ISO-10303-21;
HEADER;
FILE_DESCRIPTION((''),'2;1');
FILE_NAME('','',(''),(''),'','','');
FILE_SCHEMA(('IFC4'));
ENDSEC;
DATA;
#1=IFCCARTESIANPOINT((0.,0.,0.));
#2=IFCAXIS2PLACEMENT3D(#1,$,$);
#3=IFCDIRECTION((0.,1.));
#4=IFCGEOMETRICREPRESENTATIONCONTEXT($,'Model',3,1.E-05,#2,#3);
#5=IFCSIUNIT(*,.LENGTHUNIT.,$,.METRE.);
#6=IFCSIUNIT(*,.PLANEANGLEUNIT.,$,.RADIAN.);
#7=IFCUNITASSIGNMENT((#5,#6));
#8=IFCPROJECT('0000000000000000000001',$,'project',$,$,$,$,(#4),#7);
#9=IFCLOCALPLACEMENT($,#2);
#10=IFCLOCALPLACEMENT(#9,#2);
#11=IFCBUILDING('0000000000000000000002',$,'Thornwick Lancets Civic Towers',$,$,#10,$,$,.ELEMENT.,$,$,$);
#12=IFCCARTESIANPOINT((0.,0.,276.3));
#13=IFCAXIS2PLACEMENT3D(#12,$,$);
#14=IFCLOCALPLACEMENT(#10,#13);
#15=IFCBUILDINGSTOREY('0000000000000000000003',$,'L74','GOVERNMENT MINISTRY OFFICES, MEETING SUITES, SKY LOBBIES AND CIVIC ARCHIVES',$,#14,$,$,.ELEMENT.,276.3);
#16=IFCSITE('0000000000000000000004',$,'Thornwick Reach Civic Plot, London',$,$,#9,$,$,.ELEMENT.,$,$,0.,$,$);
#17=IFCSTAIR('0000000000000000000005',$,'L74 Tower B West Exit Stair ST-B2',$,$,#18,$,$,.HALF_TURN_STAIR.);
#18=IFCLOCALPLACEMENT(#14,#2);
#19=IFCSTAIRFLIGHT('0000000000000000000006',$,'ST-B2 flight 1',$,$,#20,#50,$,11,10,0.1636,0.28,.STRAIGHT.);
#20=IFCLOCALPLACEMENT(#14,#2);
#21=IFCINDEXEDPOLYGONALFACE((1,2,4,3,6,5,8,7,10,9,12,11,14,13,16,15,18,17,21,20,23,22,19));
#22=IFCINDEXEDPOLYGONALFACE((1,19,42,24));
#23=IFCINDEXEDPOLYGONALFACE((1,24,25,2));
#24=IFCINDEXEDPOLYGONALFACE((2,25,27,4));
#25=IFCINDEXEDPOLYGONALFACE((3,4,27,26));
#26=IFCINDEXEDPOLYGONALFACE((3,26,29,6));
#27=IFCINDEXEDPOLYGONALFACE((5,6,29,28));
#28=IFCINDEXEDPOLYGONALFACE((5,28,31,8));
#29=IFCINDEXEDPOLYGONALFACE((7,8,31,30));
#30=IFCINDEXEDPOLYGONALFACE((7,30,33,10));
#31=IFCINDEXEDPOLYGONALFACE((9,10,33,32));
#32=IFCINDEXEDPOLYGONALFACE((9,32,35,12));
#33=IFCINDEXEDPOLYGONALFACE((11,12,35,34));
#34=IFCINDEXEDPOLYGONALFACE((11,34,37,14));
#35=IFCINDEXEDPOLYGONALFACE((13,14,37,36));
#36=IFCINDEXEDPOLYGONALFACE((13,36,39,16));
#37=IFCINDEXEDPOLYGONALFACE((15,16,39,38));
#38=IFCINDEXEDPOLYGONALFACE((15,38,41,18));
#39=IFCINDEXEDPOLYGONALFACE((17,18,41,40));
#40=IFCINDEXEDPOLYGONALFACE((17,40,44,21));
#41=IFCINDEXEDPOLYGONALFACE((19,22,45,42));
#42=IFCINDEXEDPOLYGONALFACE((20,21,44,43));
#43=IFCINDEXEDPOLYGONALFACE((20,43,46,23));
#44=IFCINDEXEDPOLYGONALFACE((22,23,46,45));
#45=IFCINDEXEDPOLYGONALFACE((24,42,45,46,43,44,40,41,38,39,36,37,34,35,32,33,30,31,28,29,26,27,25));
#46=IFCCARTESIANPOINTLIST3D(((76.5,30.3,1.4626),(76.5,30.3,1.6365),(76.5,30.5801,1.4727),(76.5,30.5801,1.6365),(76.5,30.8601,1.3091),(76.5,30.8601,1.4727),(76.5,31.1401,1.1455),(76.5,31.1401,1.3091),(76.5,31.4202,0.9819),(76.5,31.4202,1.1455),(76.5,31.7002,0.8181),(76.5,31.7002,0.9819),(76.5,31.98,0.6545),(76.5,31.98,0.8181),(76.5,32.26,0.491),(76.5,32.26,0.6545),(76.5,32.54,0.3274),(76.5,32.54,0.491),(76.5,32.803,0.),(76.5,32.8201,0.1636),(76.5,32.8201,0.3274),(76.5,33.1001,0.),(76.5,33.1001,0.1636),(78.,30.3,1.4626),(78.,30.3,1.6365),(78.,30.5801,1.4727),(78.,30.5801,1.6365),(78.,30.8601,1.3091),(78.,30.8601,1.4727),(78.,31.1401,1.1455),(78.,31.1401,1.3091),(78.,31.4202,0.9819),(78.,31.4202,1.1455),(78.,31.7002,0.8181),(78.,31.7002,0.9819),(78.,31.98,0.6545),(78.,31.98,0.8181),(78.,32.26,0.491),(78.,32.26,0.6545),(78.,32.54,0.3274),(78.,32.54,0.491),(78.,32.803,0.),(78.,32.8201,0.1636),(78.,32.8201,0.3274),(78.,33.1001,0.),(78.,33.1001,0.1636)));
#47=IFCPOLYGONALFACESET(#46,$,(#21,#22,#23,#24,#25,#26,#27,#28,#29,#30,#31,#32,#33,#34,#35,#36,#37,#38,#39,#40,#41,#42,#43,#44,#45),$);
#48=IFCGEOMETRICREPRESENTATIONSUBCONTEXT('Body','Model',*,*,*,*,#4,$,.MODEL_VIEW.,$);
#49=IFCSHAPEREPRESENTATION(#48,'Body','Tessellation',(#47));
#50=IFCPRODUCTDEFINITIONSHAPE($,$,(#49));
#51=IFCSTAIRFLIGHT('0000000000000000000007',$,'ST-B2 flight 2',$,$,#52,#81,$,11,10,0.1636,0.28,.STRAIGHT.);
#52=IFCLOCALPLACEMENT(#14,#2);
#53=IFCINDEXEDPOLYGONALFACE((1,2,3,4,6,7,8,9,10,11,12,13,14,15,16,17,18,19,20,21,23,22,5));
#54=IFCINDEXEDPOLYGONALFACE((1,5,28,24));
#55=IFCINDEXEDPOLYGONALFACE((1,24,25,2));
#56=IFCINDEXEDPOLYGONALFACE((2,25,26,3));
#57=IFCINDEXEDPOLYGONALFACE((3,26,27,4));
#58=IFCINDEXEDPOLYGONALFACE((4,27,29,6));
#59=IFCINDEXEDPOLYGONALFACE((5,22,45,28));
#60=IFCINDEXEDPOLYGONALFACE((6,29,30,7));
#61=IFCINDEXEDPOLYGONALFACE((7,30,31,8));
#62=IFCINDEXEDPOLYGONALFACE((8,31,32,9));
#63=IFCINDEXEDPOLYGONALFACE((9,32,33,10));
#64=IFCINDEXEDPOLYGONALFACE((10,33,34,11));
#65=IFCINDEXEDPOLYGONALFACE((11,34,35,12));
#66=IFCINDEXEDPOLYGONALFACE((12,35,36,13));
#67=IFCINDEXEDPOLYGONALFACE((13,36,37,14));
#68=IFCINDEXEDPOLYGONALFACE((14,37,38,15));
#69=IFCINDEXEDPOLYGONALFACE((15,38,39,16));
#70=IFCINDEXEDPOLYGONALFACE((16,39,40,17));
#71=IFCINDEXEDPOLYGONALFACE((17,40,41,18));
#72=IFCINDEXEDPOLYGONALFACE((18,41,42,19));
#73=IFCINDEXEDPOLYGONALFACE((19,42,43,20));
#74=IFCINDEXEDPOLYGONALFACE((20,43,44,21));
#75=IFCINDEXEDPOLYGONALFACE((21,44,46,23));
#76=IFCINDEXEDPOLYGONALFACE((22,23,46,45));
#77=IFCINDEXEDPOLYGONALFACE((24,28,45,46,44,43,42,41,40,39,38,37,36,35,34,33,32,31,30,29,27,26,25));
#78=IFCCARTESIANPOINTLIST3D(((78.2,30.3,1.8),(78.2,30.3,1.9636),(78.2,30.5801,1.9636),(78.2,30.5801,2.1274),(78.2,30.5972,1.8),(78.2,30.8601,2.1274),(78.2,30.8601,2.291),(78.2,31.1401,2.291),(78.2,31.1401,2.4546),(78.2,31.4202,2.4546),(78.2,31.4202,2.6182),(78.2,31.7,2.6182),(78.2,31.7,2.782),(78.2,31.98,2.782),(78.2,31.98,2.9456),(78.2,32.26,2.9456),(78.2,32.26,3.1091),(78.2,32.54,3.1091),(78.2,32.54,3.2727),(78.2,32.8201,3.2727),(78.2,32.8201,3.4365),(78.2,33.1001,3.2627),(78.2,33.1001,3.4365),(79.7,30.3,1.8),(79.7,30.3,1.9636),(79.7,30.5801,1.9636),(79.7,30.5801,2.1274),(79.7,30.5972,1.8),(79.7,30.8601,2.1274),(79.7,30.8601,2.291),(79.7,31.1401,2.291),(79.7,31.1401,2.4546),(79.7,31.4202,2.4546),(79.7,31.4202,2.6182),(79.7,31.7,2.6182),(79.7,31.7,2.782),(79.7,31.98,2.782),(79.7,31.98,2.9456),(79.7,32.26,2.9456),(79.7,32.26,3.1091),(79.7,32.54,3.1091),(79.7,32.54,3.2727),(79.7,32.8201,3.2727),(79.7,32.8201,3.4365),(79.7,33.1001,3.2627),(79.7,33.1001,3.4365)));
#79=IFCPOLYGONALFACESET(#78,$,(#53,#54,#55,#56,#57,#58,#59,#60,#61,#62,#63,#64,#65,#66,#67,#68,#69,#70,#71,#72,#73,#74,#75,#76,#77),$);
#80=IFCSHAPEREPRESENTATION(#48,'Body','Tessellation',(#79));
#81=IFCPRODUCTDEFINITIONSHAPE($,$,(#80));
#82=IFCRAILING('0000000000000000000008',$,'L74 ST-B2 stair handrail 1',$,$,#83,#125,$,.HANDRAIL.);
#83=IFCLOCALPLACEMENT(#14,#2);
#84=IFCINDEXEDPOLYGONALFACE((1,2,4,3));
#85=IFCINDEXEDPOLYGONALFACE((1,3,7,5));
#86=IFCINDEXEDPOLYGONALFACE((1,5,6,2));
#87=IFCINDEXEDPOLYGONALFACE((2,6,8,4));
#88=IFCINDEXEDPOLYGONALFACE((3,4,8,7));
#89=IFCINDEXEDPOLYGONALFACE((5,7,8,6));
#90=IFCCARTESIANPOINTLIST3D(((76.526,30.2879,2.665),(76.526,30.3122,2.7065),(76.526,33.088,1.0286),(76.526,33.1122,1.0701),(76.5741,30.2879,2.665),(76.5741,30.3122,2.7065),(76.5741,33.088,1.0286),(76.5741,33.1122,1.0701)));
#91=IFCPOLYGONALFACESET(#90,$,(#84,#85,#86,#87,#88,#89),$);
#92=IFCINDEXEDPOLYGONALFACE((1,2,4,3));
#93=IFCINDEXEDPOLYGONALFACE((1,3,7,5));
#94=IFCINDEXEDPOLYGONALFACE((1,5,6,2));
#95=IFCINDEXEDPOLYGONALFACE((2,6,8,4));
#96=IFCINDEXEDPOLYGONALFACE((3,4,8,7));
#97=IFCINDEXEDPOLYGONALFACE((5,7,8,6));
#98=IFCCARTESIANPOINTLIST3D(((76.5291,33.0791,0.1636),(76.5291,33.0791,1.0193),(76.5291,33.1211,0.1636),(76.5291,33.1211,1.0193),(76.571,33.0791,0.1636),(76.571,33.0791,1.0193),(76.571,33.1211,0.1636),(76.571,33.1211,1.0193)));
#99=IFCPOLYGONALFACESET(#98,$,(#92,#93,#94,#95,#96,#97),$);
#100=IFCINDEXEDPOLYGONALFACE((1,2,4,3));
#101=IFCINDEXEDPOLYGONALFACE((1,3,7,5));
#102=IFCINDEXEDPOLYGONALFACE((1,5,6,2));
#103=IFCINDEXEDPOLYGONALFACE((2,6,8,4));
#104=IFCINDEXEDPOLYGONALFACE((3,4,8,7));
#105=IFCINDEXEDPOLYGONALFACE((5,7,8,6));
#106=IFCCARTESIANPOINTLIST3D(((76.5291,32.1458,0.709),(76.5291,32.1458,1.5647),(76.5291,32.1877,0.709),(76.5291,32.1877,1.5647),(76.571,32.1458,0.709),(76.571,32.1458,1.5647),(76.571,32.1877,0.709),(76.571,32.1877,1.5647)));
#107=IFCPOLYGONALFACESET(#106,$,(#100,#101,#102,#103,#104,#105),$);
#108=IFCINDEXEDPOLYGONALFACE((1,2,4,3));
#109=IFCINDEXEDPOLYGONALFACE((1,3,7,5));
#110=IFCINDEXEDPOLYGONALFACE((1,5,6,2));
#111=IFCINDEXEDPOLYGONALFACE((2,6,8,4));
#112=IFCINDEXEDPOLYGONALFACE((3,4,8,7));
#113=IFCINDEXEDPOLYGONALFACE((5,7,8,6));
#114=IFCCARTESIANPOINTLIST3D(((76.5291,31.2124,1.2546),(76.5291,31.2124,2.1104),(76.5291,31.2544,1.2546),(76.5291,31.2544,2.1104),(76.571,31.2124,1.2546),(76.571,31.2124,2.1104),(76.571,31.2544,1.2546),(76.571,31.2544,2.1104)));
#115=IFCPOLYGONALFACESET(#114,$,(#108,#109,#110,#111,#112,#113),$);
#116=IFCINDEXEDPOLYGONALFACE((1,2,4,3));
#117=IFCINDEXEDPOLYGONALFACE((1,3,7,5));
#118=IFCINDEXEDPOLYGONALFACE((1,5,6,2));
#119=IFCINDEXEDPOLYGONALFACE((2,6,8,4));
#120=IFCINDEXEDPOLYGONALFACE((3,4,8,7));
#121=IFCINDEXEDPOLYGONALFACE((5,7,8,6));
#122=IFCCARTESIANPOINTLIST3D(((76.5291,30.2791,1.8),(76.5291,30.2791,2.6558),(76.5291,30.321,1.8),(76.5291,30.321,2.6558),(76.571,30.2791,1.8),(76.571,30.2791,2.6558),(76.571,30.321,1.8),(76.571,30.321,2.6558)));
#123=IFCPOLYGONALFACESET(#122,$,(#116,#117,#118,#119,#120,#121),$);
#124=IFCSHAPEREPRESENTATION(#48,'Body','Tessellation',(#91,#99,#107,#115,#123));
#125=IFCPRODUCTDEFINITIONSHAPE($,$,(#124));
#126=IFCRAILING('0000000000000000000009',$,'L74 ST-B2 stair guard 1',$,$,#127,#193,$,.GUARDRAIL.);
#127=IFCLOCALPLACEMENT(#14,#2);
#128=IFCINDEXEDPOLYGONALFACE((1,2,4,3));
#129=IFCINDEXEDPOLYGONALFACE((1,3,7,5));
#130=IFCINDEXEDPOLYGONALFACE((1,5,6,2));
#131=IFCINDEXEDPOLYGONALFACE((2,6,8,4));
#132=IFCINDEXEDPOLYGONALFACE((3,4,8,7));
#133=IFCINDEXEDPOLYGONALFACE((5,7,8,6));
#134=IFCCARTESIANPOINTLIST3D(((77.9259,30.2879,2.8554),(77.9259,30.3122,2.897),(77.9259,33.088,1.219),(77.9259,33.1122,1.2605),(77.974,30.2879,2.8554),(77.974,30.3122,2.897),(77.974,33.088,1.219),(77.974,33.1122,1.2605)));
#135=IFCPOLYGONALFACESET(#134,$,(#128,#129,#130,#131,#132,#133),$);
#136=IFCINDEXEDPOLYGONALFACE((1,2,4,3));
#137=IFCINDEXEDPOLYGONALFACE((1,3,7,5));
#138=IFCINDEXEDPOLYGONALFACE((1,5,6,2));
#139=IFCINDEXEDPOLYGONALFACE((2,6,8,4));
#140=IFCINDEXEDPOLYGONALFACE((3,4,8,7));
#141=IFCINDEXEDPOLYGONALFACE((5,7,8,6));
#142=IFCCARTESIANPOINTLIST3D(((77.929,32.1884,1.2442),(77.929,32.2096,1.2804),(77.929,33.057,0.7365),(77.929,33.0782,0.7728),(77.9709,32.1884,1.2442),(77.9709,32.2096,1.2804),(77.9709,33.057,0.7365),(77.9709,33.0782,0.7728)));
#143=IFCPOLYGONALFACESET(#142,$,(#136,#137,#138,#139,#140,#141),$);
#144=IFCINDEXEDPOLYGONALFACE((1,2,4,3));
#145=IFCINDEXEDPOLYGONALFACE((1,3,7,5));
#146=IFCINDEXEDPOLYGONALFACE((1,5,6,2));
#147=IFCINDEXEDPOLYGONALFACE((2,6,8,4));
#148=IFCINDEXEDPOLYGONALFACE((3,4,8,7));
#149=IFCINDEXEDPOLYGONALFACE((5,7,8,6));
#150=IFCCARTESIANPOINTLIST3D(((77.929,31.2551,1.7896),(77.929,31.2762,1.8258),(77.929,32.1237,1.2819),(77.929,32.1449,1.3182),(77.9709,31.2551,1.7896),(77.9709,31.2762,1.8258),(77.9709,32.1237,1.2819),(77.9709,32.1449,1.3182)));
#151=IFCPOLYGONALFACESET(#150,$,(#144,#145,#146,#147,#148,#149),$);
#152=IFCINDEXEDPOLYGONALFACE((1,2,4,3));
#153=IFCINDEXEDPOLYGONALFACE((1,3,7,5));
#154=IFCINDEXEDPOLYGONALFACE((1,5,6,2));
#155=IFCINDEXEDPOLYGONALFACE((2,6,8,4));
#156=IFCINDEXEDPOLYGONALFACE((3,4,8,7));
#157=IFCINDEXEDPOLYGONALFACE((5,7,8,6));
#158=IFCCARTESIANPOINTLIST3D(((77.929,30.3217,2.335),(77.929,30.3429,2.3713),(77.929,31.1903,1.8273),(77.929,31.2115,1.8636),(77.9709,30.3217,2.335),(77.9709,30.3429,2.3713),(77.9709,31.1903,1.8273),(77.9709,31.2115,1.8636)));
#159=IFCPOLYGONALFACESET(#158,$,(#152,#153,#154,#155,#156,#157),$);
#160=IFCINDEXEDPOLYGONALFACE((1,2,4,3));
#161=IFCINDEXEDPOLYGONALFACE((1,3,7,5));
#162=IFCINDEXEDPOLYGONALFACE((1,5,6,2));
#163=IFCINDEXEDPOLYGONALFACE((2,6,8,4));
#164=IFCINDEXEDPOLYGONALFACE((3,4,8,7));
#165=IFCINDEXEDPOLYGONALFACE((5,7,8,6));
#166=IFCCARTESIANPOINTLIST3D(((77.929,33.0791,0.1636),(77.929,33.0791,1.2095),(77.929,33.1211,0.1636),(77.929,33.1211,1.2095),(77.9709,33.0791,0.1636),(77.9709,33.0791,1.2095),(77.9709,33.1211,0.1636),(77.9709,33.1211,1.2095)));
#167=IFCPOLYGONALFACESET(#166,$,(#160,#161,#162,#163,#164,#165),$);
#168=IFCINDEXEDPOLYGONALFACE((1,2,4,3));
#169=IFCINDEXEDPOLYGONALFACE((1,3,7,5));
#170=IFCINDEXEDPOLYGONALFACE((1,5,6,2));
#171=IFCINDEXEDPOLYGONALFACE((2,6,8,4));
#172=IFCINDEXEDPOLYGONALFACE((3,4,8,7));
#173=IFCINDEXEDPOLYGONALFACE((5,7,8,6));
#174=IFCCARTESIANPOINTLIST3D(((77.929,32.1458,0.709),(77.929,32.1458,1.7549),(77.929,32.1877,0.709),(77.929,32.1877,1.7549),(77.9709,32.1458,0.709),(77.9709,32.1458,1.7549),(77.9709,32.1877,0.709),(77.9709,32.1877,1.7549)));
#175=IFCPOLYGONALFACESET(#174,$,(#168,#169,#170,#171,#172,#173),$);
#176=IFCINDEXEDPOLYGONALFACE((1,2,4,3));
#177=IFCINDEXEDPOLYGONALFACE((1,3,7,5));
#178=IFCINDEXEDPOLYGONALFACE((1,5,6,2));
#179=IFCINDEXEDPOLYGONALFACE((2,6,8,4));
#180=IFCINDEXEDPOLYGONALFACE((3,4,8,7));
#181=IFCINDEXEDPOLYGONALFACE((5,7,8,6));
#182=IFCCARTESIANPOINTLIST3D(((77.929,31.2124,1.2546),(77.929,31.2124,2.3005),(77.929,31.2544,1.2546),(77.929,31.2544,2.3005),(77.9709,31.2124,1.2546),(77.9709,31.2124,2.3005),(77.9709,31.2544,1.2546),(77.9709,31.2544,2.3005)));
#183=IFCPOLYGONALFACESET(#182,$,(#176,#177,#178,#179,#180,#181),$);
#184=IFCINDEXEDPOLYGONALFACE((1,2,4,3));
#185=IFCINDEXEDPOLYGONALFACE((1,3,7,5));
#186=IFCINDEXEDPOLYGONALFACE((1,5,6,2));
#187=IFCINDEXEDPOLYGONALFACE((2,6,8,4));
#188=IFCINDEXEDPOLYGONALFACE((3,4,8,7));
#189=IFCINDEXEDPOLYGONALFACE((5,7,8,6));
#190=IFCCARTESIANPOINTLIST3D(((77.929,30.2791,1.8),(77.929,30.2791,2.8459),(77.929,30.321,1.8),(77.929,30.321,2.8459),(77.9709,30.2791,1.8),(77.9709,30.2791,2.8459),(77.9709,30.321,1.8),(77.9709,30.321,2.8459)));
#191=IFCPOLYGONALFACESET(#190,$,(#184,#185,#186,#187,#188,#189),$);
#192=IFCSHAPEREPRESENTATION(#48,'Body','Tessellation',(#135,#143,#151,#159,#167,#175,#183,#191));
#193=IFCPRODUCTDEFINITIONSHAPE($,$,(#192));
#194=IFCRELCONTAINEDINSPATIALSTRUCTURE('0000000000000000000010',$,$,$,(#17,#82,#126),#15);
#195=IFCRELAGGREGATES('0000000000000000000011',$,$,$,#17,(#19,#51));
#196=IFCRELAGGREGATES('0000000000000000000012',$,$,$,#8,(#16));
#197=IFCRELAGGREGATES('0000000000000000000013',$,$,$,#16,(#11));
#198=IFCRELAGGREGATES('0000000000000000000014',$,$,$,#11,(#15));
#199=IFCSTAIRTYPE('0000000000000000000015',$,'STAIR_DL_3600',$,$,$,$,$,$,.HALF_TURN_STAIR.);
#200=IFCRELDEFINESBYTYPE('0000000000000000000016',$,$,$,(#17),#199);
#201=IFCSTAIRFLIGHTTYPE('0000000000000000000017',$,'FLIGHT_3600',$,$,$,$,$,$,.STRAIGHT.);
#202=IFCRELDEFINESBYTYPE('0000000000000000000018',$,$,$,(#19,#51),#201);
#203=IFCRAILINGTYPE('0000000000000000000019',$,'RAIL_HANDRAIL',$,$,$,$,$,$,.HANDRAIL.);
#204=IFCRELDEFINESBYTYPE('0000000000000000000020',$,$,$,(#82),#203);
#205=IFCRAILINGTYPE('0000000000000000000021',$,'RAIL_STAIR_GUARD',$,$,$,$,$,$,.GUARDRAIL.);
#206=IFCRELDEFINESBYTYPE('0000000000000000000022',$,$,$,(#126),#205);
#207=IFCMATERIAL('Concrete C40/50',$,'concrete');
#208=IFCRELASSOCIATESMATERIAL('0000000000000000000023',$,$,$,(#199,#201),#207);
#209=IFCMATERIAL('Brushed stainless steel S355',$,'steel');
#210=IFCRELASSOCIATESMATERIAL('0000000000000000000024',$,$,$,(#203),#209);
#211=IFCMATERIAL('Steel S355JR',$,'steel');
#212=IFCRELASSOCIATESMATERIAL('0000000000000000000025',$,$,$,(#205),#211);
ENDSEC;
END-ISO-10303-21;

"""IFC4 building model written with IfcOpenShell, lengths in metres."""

from ifc_helpers import new_model, si_unit, direction, frame, origin, origin_2d, place, context, subcontext, project, spatial, polyline, rectangle, outline, extrude, material, type_object, element, aggregate, save


model = new_model("IFC4")

# Units and contexts
model_context = context("Model", 3, precision=1e-05, world=origin(), true_north=direction((0.0, 1.0)))
body_context = subcontext(model_context, "Body", "Model", "MODEL_VIEW")
ifc_project = project(units=[si_unit("LENGTHUNIT", "METRE"), si_unit("PLANEANGLEUNIT", "RADIAN")], contexts=[model_context])

# Site, building, storey
site_placement = place(None, origin())
site = spatial("IfcSite", under=ifc_project, at=site_placement, Name="Thornwick Reach Civic Plot, London", CompositionType="ELEMENT", RefElevation=0.0)
building_placement = place(site_placement, origin())
building = spatial("IfcBuilding", under=site, at=building_placement, Name="Thornwick Lancets Civic Towers", CompositionType="ELEMENT")
storey_placement = place(building_placement, frame((0.0, 0.0, 276.3)))
storey = spatial("IfcBuildingStorey", under=building, at=storey_placement, Name="L74", Description="GOVERNMENT MINISTRY OFFICES, MEETING SUITES, SKY LOBBIES AND CIVIC ARCHIVES", CompositionType="ELEMENT", Elevation=276.3)

# Shared definitions
ifc_material_1 = material(Name="Steel S355JR", Category="steel")

# Shared definitions
ifc_material_2 = material(Name="Concrete C40/50", Category="concrete")

# Stair, stair flights
stair_type = type_object("IfcStairType", Name="STAIR_DL_3600", PredefinedType="HALF_TURN_STAIR", material=ifc_material_2)
stair_placement = place(storey_placement, origin())
stair = element("IfcStair", 1, at=stair_placement, inside=storey, type_object=stair_type, Name="L74 Tower B West Exit Stair ST-B2", PredefinedType="HALF_TURN_STAIR")
stair_flight_type = type_object("IfcStairFlightType", Name="FLIGHT_3600", PredefinedType="STRAIGHT", material=ifc_material_2)
stair_flight_1_placement = place(storey_placement, frame((77.25, 33.1001, 0.0), z_axis=(0.0, 0.0, 1.0), x_axis=(0.0, -1.0, 0.0)))
stair_flight_1 = element("IfcStairFlight", 2, at=stair_flight_1_placement, type_object=stair_flight_type, Name="ST-B2 flight 1", NumberOfRisers=11, NumberOfTreads=10, PredefinedType="STRAIGHT", RiserHeight=0.1636, TreadLength=0.28, context=body_context, shape_type="SweptSolid", body=[
    extrude(outline(polyline([(0.0, 0.0), (0.0, 0.1636), (0.28, 0.1636), (0.28, 0.3274), (0.5601, 0.3274), (0.5601, 0.491), (0.8401, 0.491), (0.8401, 0.6545), (1.1201, 0.6545), (1.1201, 0.8181), (1.3999, 0.8181), (1.3999, 0.9819), (1.6799, 0.9819), (1.6799, 1.1455), (1.96, 1.1455), (1.96, 1.3091), (2.24, 1.3091), (2.24, 1.4727), (2.52, 1.4727), (2.52, 1.6365), (2.8, 1.6365), (2.8, 1.8), (2.8, 1.4626), (0.2971, 0.0), (0.0, 0.0)])), frame((0.0, 0.75, 0.0), z_axis=(0.0, -1.0, 0.0), x_axis=(1.0, 0.0, 0.0)), (0.0, 0.0, 1.0), 1.5),
])
stair_flight_2_placement = place(storey_placement, frame((78.95, 30.3, 1.8), z_axis=(0.0, 0.0, 1.0), x_axis=(0.0, 1.0, 0.0)))
stair_flight_2 = element("IfcStairFlight", 3, at=stair_flight_2_placement, type_object=stair_flight_type, Name="ST-B2 flight 2", NumberOfRisers=11, NumberOfTreads=10, PredefinedType="STRAIGHT", RiserHeight=0.1636, TreadLength=0.28, context=body_context, shape_type="SweptSolid", body=[
    extrude(outline(polyline([(0.0, 0.0), (0.0, 0.1636), (0.28, 0.1636), (0.28, 0.3274), (0.5601, 0.3274), (0.5601, 0.491), (0.8401, 0.491), (0.8401, 0.6545), (1.1201, 0.6545), (1.1201, 0.8181), (1.3999, 0.8181), (1.3999, 0.9819), (1.6799, 0.9819), (1.6799, 1.1455), (1.96, 1.1455), (1.96, 1.3091), (2.24, 1.3091), (2.24, 1.4727), (2.52, 1.4727), (2.52, 1.6365), (2.8, 1.6365), (2.8, 1.8), (2.8, 1.4626), (0.2971, 0.0), (0.0, 0.0)])), frame((0.0, 0.75, 0.0), z_axis=(0.0, -1.0, 0.0), x_axis=(1.0, 0.0, 0.0)), (0.0, 0.0, 1.0), 1.5),
])
aggregate(stair, [stair_flight_1, stair_flight_2])

# Railings
ifc_material_3 = material(Name="Brushed stainless steel S355", Category="steel")
railing_type_1 = type_object("IfcRailingType", Name="RAIL_HANDRAIL", PredefinedType="HANDRAIL", material=ifc_material_3)
railing_1_placement = place(storey_placement, frame((76.55, 33.1001, 0.1636)))
element("IfcRailing", 4, at=railing_1_placement, inside=storey, type_object=railing_type_1, Name="L74 ST-B2 stair handrail 1", PredefinedType="HANDRAIL", context=body_context, shape_type="SweptSolid", body=[
    extrude(rectangle(XDim=0.0481, YDim=0.0481, at=origin_2d()), frame((0.0, 0.0, 0.8857), z_axis=(0.0, -0.863361, 0.504587), x_axis=(1.0, 0.0, 0.0)), (0.0, 0.0, 1.0), 3.2432),
    extrude(rectangle(XDim=0.042, YDim=0.042, at=origin_2d()), origin(), (0.0, 0.0, 1.0), 0.8557),
    extrude(rectangle(XDim=0.042, YDim=0.042, at=origin_2d()), frame((0.0, -0.9333, 0.5454)), (0.0, 0.0, 1.0), 0.8557),
    extrude(rectangle(XDim=0.042, YDim=0.042, at=origin_2d()), frame((0.0, -1.8667, 1.0911)), (0.0, 0.0, 1.0), 0.8557),
    extrude(rectangle(XDim=0.042, YDim=0.042, at=origin_2d()), frame((0.0, -2.8, 1.6365)), (0.0, 0.0, 1.0), 0.8557),
])
railing_type_2 = type_object("IfcRailingType", Name="RAIL_STAIR_GUARD", PredefinedType="GUARDRAIL", material=ifc_material_1)
railing_2_placement = place(storey_placement, frame((77.95, 33.1001, 0.1636)))
element("IfcRailing", 5, at=railing_2_placement, inside=storey, type_object=railing_type_2, Name="L74 ST-B2 stair guard 1", PredefinedType="GUARDRAIL", context=body_context, shape_type="SweptSolid", body=[
    extrude(rectangle(XDim=0.0481, YDim=0.0481, at=origin_2d()), frame((0.0, 0.0, 1.0762), z_axis=(0.0, -0.863361, 0.504587), x_axis=(1.0, 0.0, 0.0)), (0.0, 0.0, 1.0), 3.2432),
    extrude(rectangle(XDim=0.042, YDim=0.042, at=origin_2d()), frame((0.0, -0.0325, 0.5911), z_axis=(0.0, -0.863361, 0.504587), x_axis=(1.0, 0.0, 0.0)), (0.0, 0.0, 1.0), 1.0061),
    extrude(rectangle(XDim=0.042, YDim=0.042, at=origin_2d()), frame((0.0, -0.9658, 1.1365), z_axis=(0.0, -0.863361, 0.504587), x_axis=(1.0, 0.0, 0.0)), (0.0, 0.0, 1.0), 1.0061),
    extrude(rectangle(XDim=0.042, YDim=0.042, at=origin_2d()), frame((0.0, -1.8992, 1.6819), z_axis=(0.0, -0.863361, 0.504587), x_axis=(1.0, 0.0, 0.0)), (0.0, 0.0, 1.0), 1.0061),
    extrude(rectangle(XDim=0.042, YDim=0.042, at=origin_2d()), origin(), (0.0, 0.0, 1.0), 1.0459),
    extrude(rectangle(XDim=0.042, YDim=0.042, at=origin_2d()), frame((0.0, -0.9333, 0.5454)), (0.0, 0.0, 1.0), 1.0459),
    extrude(rectangle(XDim=0.042, YDim=0.042, at=origin_2d()), frame((0.0, -1.8667, 1.0911)), (0.0, 0.0, 1.0), 1.0459),
    extrude(rectangle(XDim=0.042, YDim=0.042, at=origin_2d()), frame((0.0, -2.8, 1.6365)), (0.0, 0.0, 1.0), 1.0459),
])

save(model, "model.ifc")
